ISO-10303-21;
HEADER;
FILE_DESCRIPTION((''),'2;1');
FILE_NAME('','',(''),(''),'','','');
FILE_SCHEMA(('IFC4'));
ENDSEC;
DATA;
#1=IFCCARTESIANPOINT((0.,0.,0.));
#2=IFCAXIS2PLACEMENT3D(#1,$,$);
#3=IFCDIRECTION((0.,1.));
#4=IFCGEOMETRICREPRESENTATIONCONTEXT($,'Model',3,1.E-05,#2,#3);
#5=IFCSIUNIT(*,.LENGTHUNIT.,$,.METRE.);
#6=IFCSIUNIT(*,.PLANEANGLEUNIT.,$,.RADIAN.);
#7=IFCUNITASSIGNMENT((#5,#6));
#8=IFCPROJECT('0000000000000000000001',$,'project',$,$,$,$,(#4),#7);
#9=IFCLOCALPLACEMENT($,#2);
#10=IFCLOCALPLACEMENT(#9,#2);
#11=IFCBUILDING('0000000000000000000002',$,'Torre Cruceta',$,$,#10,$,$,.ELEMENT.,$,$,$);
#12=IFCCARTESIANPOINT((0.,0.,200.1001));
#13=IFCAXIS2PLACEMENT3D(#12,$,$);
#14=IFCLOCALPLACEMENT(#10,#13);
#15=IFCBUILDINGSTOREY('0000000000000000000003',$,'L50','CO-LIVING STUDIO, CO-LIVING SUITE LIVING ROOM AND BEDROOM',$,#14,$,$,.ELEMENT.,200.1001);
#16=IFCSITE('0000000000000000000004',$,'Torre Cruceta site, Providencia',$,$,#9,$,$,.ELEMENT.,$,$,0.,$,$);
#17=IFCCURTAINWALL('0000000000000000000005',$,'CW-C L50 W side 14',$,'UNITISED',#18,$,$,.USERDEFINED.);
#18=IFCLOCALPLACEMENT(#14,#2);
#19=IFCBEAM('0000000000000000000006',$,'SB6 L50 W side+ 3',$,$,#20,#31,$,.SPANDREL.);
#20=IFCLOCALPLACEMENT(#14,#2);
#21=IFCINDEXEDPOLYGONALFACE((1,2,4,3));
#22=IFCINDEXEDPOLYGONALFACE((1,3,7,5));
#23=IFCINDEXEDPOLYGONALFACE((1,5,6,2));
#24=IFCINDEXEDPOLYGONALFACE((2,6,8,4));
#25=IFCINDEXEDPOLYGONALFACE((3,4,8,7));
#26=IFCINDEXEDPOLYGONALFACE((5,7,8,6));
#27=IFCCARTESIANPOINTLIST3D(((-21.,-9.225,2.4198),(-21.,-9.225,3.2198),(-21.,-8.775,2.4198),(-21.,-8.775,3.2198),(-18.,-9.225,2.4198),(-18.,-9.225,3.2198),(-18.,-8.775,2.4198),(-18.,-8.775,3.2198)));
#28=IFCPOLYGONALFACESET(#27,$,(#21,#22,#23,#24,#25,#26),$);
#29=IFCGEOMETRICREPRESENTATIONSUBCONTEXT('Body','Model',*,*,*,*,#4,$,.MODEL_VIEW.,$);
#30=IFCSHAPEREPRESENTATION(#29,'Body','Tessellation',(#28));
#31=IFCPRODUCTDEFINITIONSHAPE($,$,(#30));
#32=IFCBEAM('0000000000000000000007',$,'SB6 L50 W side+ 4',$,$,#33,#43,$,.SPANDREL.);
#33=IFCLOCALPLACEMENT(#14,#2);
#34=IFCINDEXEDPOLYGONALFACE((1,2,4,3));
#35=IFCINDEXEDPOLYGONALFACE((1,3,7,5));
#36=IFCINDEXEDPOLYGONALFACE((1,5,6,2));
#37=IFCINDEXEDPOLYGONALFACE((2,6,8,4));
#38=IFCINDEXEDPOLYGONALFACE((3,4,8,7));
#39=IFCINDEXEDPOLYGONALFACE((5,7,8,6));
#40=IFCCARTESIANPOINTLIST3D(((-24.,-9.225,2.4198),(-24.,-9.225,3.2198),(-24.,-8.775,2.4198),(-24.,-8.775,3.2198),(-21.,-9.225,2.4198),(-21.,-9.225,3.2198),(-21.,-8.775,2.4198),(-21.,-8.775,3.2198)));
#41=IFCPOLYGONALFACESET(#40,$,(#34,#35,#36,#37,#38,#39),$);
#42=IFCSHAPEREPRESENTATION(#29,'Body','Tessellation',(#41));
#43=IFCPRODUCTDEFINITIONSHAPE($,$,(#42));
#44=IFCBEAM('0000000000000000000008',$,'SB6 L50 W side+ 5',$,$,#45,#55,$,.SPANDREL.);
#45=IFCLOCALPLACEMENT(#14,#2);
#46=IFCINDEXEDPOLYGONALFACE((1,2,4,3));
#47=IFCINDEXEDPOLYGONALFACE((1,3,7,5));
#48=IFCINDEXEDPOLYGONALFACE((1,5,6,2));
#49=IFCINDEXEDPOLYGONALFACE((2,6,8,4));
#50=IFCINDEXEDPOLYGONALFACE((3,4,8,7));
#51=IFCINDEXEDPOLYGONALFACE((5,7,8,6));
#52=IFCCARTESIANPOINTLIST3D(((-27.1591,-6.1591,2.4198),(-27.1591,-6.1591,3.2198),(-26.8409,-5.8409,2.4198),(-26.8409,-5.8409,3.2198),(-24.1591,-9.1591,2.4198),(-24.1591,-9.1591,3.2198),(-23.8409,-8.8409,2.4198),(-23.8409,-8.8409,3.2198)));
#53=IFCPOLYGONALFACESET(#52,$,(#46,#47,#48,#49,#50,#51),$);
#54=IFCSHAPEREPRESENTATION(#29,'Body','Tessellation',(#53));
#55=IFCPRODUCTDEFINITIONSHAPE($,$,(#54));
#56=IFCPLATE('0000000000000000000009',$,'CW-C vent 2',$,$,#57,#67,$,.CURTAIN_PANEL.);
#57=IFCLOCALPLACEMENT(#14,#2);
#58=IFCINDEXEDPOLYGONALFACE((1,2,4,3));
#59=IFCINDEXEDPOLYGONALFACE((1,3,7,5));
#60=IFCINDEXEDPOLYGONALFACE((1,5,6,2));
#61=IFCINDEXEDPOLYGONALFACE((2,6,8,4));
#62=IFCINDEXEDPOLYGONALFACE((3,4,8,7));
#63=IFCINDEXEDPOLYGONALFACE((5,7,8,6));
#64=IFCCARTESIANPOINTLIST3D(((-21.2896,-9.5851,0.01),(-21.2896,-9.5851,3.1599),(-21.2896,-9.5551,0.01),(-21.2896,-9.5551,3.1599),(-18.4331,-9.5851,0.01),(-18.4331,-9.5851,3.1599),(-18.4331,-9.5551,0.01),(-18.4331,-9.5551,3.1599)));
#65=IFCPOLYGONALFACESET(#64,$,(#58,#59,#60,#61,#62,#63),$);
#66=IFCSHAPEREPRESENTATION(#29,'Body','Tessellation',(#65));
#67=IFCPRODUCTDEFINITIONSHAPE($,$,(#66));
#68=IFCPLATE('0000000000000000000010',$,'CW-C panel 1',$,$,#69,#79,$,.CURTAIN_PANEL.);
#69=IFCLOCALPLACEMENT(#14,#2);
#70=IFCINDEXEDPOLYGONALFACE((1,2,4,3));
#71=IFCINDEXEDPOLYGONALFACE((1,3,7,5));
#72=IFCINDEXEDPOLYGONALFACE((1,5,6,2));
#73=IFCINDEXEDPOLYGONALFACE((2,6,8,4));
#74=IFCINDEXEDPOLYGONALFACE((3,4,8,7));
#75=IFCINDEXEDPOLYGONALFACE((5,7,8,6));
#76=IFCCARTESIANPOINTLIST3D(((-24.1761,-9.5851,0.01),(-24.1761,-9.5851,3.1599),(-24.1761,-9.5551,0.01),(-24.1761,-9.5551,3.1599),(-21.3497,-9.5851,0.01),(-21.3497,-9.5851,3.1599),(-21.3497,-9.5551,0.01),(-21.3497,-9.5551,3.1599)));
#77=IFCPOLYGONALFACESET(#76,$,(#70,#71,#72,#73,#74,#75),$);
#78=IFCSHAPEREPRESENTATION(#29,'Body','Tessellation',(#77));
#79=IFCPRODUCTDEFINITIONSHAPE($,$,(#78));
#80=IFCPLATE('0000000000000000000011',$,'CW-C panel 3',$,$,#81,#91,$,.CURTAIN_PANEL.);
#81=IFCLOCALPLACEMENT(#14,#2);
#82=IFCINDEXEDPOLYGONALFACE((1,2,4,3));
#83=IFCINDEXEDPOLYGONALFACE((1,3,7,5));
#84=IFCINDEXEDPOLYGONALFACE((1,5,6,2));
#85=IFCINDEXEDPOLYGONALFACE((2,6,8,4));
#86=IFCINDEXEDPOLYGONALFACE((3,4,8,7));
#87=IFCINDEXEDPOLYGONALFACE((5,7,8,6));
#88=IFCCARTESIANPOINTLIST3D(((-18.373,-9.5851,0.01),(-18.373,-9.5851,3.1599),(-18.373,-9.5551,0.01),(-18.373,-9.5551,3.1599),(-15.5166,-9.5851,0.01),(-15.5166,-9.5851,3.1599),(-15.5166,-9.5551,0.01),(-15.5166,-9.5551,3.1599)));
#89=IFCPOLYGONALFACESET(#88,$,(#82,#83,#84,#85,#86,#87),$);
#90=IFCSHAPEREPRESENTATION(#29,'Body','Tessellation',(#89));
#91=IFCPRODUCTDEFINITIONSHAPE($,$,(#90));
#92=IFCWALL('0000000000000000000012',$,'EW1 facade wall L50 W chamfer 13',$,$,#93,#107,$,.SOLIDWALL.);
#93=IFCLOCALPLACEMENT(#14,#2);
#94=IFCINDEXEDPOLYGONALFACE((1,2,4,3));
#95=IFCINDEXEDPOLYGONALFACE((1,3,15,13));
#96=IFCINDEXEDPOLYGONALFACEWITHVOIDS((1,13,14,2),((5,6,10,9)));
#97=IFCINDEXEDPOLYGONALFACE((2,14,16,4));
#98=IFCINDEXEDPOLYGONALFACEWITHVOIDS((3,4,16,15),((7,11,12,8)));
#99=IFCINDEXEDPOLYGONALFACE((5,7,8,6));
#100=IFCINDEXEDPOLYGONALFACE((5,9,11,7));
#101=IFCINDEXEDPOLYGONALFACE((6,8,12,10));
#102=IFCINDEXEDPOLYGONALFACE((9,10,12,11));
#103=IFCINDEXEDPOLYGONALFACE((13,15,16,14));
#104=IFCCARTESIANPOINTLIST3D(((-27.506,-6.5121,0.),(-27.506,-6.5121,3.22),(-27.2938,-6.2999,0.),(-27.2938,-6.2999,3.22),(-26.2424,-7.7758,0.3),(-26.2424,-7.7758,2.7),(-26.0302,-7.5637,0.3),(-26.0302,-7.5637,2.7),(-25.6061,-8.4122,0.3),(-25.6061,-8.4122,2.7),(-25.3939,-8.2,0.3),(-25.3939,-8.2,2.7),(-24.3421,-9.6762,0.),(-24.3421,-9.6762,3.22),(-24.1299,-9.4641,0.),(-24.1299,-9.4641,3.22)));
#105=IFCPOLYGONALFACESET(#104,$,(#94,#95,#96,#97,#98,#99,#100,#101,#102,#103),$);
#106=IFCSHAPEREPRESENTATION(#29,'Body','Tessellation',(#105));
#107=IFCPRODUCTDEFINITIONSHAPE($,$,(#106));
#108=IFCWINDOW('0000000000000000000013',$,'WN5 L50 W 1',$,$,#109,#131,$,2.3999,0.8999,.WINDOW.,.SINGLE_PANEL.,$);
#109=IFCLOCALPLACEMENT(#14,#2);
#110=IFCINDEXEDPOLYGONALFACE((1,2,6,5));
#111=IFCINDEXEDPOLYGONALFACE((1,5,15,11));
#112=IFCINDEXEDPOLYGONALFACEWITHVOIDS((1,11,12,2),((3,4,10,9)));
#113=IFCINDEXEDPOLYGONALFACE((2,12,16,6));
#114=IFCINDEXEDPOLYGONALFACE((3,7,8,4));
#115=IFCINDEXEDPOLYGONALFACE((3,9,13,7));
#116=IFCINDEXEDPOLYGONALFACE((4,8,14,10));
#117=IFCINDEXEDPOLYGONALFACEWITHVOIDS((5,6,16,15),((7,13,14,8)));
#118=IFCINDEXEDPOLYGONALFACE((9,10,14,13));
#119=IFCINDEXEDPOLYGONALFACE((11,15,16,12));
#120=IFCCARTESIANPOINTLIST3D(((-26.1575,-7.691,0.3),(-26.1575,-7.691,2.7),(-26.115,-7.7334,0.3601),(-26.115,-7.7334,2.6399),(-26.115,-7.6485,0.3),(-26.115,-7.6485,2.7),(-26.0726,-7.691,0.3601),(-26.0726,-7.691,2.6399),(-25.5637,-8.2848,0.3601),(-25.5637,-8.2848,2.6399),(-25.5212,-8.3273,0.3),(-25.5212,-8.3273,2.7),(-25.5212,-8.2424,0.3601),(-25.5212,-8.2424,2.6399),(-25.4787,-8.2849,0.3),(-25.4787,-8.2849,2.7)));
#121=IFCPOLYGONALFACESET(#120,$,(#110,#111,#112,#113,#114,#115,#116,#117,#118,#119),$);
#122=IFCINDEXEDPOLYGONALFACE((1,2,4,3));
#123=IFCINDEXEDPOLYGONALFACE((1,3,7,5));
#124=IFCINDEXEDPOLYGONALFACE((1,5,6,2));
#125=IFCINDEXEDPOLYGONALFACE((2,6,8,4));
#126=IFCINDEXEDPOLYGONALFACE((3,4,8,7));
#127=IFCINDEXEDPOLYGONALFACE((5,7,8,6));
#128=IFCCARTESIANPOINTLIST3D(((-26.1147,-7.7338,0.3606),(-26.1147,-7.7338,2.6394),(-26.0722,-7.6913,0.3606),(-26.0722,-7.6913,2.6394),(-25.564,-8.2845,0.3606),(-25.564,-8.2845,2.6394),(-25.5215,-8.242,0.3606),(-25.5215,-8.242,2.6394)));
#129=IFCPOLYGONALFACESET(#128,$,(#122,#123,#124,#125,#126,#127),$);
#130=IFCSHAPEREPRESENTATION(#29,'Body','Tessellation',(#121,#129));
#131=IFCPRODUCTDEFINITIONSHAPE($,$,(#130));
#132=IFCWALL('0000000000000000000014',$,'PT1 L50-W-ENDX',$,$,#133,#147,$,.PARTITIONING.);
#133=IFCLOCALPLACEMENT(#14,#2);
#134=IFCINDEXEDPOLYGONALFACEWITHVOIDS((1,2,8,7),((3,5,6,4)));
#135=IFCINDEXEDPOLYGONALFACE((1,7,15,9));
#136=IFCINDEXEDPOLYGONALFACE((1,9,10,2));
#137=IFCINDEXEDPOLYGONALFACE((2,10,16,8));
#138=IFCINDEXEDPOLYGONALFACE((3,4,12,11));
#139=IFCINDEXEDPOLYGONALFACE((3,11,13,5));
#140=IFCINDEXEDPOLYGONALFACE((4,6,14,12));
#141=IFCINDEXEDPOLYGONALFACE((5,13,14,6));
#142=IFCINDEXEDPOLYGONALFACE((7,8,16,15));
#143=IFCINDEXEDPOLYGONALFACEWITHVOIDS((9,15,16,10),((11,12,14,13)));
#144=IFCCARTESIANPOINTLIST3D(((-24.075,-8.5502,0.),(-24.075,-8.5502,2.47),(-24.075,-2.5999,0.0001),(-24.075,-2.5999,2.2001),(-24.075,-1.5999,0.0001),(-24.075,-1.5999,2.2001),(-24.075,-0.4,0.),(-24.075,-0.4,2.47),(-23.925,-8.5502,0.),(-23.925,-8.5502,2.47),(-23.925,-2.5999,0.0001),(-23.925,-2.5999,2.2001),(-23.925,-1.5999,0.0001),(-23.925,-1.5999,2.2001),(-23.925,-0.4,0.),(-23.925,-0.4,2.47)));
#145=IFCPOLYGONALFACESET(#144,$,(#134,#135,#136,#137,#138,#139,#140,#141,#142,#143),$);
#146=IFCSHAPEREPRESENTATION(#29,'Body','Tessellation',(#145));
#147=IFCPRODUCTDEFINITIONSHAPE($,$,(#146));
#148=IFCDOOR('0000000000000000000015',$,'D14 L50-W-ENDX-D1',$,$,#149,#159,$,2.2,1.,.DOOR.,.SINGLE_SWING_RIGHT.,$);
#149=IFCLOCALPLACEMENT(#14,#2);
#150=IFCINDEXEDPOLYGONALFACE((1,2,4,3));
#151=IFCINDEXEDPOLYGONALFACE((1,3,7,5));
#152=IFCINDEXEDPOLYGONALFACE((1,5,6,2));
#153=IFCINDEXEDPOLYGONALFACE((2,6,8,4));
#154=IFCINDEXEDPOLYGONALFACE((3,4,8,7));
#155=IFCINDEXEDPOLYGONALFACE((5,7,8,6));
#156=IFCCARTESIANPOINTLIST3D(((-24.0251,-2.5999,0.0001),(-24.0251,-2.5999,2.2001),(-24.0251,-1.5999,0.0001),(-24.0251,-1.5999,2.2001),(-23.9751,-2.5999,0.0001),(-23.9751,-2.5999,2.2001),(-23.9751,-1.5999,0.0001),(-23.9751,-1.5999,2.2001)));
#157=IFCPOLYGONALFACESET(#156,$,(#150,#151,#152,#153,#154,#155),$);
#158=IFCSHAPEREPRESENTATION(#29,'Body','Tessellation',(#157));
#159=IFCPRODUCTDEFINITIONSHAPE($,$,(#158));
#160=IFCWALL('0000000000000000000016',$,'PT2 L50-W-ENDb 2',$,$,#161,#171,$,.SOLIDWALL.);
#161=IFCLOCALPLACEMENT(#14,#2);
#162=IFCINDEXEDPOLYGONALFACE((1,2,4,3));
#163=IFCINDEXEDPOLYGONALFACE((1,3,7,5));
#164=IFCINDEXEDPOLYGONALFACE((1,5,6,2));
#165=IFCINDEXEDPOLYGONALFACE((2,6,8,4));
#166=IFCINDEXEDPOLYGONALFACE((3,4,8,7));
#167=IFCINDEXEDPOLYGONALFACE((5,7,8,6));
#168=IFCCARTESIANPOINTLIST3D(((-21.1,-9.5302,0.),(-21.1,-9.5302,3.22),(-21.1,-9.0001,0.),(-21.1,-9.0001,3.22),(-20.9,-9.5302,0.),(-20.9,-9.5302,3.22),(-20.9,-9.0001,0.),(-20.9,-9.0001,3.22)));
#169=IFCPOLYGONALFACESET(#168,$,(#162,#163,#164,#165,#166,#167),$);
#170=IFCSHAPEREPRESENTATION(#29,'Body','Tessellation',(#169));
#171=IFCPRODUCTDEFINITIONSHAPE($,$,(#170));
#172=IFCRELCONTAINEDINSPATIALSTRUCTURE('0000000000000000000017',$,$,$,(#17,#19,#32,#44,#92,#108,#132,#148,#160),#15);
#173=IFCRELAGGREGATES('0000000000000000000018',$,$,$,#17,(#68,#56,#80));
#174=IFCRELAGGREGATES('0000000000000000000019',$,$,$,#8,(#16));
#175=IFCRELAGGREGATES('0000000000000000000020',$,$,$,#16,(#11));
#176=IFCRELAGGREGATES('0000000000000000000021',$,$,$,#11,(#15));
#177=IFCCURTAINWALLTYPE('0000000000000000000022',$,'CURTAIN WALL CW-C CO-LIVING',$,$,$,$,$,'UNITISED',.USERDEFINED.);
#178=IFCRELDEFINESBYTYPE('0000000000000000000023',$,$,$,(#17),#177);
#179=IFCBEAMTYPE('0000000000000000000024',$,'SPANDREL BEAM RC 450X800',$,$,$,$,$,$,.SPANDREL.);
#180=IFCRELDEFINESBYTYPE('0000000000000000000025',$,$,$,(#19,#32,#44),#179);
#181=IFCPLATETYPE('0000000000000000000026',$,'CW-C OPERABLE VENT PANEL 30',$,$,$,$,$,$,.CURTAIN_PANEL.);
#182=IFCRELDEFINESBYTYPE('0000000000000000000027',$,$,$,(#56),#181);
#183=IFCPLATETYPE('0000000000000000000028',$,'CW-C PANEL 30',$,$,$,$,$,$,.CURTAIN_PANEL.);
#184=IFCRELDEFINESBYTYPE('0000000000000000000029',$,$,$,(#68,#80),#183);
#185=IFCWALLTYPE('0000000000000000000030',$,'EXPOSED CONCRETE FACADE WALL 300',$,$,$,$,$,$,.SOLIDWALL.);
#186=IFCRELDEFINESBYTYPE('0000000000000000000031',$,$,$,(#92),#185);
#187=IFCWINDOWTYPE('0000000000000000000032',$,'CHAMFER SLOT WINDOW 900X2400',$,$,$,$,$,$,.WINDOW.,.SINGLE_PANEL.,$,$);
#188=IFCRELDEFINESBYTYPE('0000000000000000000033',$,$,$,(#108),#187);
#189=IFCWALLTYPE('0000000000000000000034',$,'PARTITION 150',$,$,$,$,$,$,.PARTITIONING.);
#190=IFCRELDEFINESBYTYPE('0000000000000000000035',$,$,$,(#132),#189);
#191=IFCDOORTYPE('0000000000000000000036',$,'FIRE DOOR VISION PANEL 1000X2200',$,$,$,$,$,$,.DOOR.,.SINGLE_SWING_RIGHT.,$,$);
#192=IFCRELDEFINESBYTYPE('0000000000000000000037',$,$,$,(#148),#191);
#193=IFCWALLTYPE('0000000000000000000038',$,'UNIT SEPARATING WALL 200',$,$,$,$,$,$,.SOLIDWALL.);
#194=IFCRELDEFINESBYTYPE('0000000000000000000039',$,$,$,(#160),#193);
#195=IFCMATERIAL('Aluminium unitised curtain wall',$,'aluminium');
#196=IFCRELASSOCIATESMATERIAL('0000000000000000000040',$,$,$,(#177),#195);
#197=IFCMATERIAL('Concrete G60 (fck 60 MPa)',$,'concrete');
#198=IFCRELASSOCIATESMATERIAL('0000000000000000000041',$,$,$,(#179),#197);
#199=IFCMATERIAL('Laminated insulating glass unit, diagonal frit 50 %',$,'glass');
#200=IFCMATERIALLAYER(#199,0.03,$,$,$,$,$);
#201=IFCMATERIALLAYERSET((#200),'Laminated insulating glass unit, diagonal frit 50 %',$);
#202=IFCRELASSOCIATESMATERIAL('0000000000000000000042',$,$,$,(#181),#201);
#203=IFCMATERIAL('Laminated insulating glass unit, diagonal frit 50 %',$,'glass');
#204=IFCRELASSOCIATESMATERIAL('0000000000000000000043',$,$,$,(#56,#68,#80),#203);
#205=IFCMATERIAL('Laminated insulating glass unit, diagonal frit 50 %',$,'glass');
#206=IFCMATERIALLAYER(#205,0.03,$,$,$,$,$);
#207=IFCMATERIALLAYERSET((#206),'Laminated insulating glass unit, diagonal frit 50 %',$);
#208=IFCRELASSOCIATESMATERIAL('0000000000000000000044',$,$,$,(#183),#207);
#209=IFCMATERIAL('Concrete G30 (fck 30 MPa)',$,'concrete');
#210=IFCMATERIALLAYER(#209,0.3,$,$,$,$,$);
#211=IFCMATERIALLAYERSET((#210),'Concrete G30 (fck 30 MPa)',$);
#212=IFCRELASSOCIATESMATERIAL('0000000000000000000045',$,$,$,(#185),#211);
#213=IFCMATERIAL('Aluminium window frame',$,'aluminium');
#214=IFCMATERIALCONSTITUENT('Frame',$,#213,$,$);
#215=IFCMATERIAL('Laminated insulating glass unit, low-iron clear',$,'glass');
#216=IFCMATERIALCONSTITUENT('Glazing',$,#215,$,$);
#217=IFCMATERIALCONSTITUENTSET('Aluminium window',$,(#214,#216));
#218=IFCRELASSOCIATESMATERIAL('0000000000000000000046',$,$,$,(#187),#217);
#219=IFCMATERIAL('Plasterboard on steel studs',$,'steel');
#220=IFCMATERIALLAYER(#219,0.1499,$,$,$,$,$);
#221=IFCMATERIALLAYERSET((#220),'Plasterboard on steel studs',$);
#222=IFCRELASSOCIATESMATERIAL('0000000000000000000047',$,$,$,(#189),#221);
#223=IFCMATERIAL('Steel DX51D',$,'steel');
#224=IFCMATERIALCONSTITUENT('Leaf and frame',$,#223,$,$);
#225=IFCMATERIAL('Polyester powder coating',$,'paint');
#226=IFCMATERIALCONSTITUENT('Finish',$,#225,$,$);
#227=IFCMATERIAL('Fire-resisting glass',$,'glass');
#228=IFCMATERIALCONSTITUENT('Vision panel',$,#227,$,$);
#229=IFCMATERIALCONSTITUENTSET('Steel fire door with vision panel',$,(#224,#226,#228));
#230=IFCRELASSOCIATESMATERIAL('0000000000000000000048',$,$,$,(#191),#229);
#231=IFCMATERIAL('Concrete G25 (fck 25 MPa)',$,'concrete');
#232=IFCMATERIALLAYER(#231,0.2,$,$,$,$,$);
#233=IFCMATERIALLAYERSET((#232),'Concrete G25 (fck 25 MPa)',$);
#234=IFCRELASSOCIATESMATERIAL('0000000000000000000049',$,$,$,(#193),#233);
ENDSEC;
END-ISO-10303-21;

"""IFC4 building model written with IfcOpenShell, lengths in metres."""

from ifc_helpers import new_model, si_unit, direction, frame, frame_2d, origin, origin_2d, place, context, subcontext, project, spatial, rectangle, hollow_rectangle, extrude, material, layer, layer_set, constituent, constituent_set, material_profile, profile_set, type_object, element, fill, aggregate, save


model = new_model("IFC4")

# Units and contexts
model_context = context("Model", 3, precision=1e-05, world=origin(), true_north=direction((0.0, 1.0)))
body_context = subcontext(model_context, "Body", "Model", "MODEL_VIEW")
ifc_project = project(units=[si_unit("LENGTHUNIT", "METRE"), si_unit("PLANEANGLEUNIT", "RADIAN")], contexts=[model_context])

# Site, building, storey
site_placement = place(None, origin())
site = spatial("IfcSite", under=ifc_project, at=site_placement, Name="Torre Cruceta site, Providencia", CompositionType="ELEMENT", RefElevation=0.0)
building_placement = place(site_placement, origin())
building = spatial("IfcBuilding", under=site, at=building_placement, Name="Torre Cruceta", CompositionType="ELEMENT")
storey_placement = place(building_placement, frame((0.0, 0.0, 200.1001)))
storey = spatial("IfcBuildingStorey", under=building, at=storey_placement, Name="L50", Description="CO-LIVING STUDIO, CO-LIVING SUITE LIVING ROOM AND BEDROOM", CompositionType="ELEMENT", Elevation=200.1001)

# Curtain wall
ifc_material_1 = material(Name="Aluminium unitised curtain wall", Category="aluminium")
curtain_wall_type = type_object("IfcCurtainWallType", Name="CURTAIN WALL CW-C CO-LIVING", ElementType="UNITISED", PredefinedType="USERDEFINED", material=ifc_material_1)
curtain_wall_placement = place(storey_placement, origin())
curtain_wall = element("IfcCurtainWall", 1, at=curtain_wall_placement, inside=storey, type_object=curtain_wall_type, Name="CW-C L50 W side 14", ObjectType="UNITISED", PredefinedType="USERDEFINED")

# Beams
ifc_material_2 = material(Name="Concrete G60 (fck 60 MPa)", Category="concrete")
ifc_material_profile_1 = material_profile(ifc_material_2, rectangle(XDim=0.45, YDim=0.8, at=origin_2d()), Name="RC 450X800")
ifc_profile_set_1 = profile_set([ifc_material_profile_1], Name="Concrete G60 (fck 60 MPa)")
beam_type_1 = type_object("IfcBeamType", Name="SPANDREL BEAM RC 450X800", PredefinedType="SPANDREL", material=ifc_profile_set_1)
for number, where, z_axis, x_axis, name in (
    (2, (-18.0, -9.0, 2.8198), (-1.0, 0.0, 0.0), (0.0, -1.0, 0.0), "SB6 L50 W side+ 3"),
    (3, (-21.0, -9.0, 2.8198), (-1.0, 0.0, 0.0), (0.0, -1.0, 0.0), "SB6 L50 W side+ 4"),
):
    element("IfcBeam", number, at=place(storey_placement, frame(where, z_axis=z_axis, x_axis=x_axis)), inside=storey, type_object=beam_type_1, Name=name, PredefinedType="SPANDREL", context=body_context, shape_type="SweptSolid", body=[
        extrude(rectangle(XDim=0.45, YDim=0.8, at=origin_2d()), origin(), (0.0, 0.0, 1.0), 3.0),
    ])
beam_1_placement = place(storey_placement, frame((-24.0, -9.0, 2.8198), z_axis=(-0.707107, 0.707107, 0.0), x_axis=(-0.707107, -0.707107, 0.0)))
element("IfcBeam", 4, at=beam_1_placement, inside=storey, type_object=beam_type_1, Name="SB6 L50 W side+ 5", PredefinedType="SPANDREL", context=body_context, shape_type="SweptSolid", body=[
    extrude(rectangle(XDim=0.45, YDim=0.8, at=origin_2d()), origin(), (0.0, 0.0, 1.0), 4.2427),
])

# Plates
ifc_material_3 = material(Name="Laminated insulating glass unit, diagonal frit 50 %", Category="glass")
ifc_material_4 = material(Name="Laminated insulating glass unit, diagonal frit 50 %", Category="glass")
ifc_layer_1 = layer(ifc_material_4, 0.03)
ifc_layer_set_1 = layer_set([ifc_layer_1], Name="Laminated insulating glass unit, diagonal frit 50 %")
plate_type_1 = type_object("IfcPlateType", Name="CW-C OPERABLE VENT PANEL 30", PredefinedType="CURTAIN_PANEL", material=ifc_layer_set_1)
plate_1_placement = place(storey_placement, frame((-19.8613, -9.5701, 0.01), z_axis=(0.0, 0.0, 1.0), x_axis=(1.0, 0.0, 0.0)))
plate_1 = element("IfcPlate", 5, at=plate_1_placement, type_object=plate_type_1, material=ifc_material_3, Name="CW-C vent 2", PredefinedType="CURTAIN_PANEL", context=body_context, shape_type="SweptSolid", body=[
    extrude(rectangle(XDim=2.8564, YDim=0.03, at=origin_2d()), origin(), (0.0, 0.0, 1.0), 3.1499),
])
ifc_material_5 = material(Name="Laminated insulating glass unit, diagonal frit 50 %", Category="glass")
ifc_layer_2 = layer(ifc_material_5, 0.03)
ifc_layer_set_2 = layer_set([ifc_layer_2], Name="Laminated insulating glass unit, diagonal frit 50 %")
plate_type_2 = type_object("IfcPlateType", Name="CW-C PANEL 30", PredefinedType="CURTAIN_PANEL", material=ifc_layer_set_2)
plate_2_placement = place(storey_placement, frame((-22.7629, -9.5701, 0.01), z_axis=(0.0, 0.0, 1.0), x_axis=(1.0, 0.0, 0.0)))
plate_2 = element("IfcPlate", 6, at=plate_2_placement, type_object=plate_type_2, material=ifc_material_3, Name="CW-C panel 1", PredefinedType="CURTAIN_PANEL", context=body_context, shape_type="SweptSolid", body=[
    extrude(rectangle(XDim=2.8264, YDim=0.03, at=origin_2d()), origin(), (0.0, 0.0, 1.0), 3.1499),
])
plate_3_placement = place(storey_placement, frame((-16.9448, -9.5701, 0.01), z_axis=(0.0, 0.0, 1.0), x_axis=(1.0, 0.0, 0.0)))
plate_3 = element("IfcPlate", 7, at=plate_3_placement, type_object=plate_type_2, material=ifc_material_3, Name="CW-C panel 3", PredefinedType="CURTAIN_PANEL", context=body_context, shape_type="SweptSolid", body=[
    extrude(rectangle(XDim=2.8564, YDim=0.03, at=origin_2d()), origin(), (0.0, 0.0, 1.0), 3.1499),
])
aggregate(curtain_wall, [plate_2, plate_1, plate_3])

# Wall, opening, window
ifc_material_6 = material(Name="Concrete G30 (fck 30 MPa)", Category="concrete")
ifc_layer_3 = layer(ifc_material_6, 0.3)
ifc_layer_set_3 = layer_set([ifc_layer_3], Name="Concrete G30 (fck 30 MPa)")
wall_type_1 = type_object("IfcWallType", Name="EXPOSED CONCRETE FACADE WALL 300", PredefinedType="SOLIDWALL", material=ifc_layer_set_3)
wall_1_placement = place(storey_placement, frame((-27.3999, -6.406, 0.0), z_axis=(0.0, 0.0, 1.0), x_axis=(0.707079, -0.707134, 0.0)))
wall_1 = element("IfcWall", 8, at=wall_1_placement, inside=storey, type_object=wall_type_1, Name="EW1 facade wall L50 W chamfer 13", PredefinedType="SOLIDWALL", context=body_context, shape_type="SweptSolid", body=[
    extrude(rectangle(XDim=4.4746, YDim=0.3, at=frame_2d((2.2373, 0.0))), origin(), (0.0, 0.0, 1.0), 3.22),
])
opening_1_placement = place(wall_1_placement, frame((1.7871, 0.0, 0.3)))
opening_1 = element("IfcOpeningElement", 9, at=opening_1_placement, cuts=wall_1, PredefinedType="OPENING", context=body_context, shape_type="SweptSolid", body=[
    extrude(rectangle(XDim=0.8999, YDim=2.3999, at=frame_2d((0.45, 1.2))), frame((0.0, 0.1599, 0.0), z_axis=(0.0, -1.0, 0.0), x_axis=(1.0, 0.0, 0.0)), (0.0, 0.0, 1.0), 0.3201),
])
ifc_material_7 = material(Name="Aluminium window frame", Category="aluminium")
ifc_constituent_1 = constituent(ifc_material_7, Name="Frame")
ifc_material_8 = material(Name="Laminated insulating glass unit, low-iron clear", Category="glass")
ifc_constituent_2 = constituent(ifc_material_8, Name="Glazing")
ifc_constituent_set_1 = constituent_set(constituents=[ifc_constituent_1, ifc_constituent_2], Name="Aluminium window")
window_type = type_object("IfcWindowType", Name="CHAMFER SLOT WINDOW 900X2400", PartitioningType="SINGLE_PANEL", PredefinedType="WINDOW", material=ifc_constituent_set_1)
window_placement = place(opening_1_placement, origin())
window = element("IfcWindow", 10, at=window_placement, inside=storey, type_object=window_type, Name="WN5 L50 W 1", OverallHeight=2.3999, OverallWidth=0.8999, PartitioningType="SINGLE_PANEL", PredefinedType="WINDOW", context=body_context, shape_type="SweptSolid", body=[
    extrude(hollow_rectangle(XDim=0.8999, YDim=2.3999, WallThickness=0.0601, at=frame_2d((0.45, 1.2))), frame((0.0, 0.03, 0.0), z_axis=(0.0, -1.0, 0.0), x_axis=(1.0, 0.0, 0.0)), (0.0, 0.0, 1.0), 0.0601),
    extrude(rectangle(XDim=0.7788, YDim=2.2788, at=frame_2d((0.45, 1.2))), frame((0.0, 0.03, 0.0), z_axis=(0.0, -1.0, 0.0), x_axis=(1.0, 0.0, 0.0)), (0.0, 0.0, 1.0), 0.0601),
])
fill(opening_1, window)

# Wall, opening, door
ifc_material_9 = material(Name="Plasterboard on steel studs", Category="steel")
ifc_layer_4 = layer(ifc_material_9, 0.1499)
ifc_layer_set_4 = layer_set([ifc_layer_4], Name="Plasterboard on steel studs")
wall_type_2 = type_object("IfcWallType", Name="PARTITION 150", PredefinedType="PARTITIONING", material=ifc_layer_set_4)
wall_2_placement = place(storey_placement, frame((-24.0, -0.3999, 0.0), z_axis=(0.0, 0.0, 1.0), x_axis=(0.0, -1.0, 0.0)))
wall_2 = element("IfcWall", 11, at=wall_2_placement, inside=storey, type_object=wall_type_2, Name="PT1 L50-W-ENDX", PredefinedType="PARTITIONING", context=body_context, shape_type="SweptSolid", body=[
    extrude(rectangle(XDim=8.1501, YDim=0.1499, at=frame_2d((4.0752, 0.0))), origin(), (0.0, 0.0, 1.0), 2.47),
])
opening_2_placement = place(wall_2_placement, frame((1.2, 0.0, 0.0)))
opening_2 = element("IfcOpeningElement", 12, at=opening_2_placement, cuts=wall_2, PredefinedType="OPENING", context=body_context, shape_type="SweptSolid", body=[
    extrude(rectangle(XDim=1.0, YDim=2.2, at=frame_2d((0.5, 1.1001))), frame((0.0, 0.085, 0.0), z_axis=(0.0, -1.0, 0.0), x_axis=(1.0, 0.0, 0.0)), (0.0, 0.0, 1.0), 0.1699),
])
ifc_material_10 = material(Name="Steel DX51D", Category="steel")
ifc_constituent_3 = constituent(ifc_material_10, Name="Leaf and frame")
ifc_material_11 = material(Name="Polyester powder coating", Category="paint")
ifc_constituent_4 = constituent(ifc_material_11, Name="Finish")
ifc_material_12 = material(Name="Fire-resisting glass", Category="glass")
ifc_constituent_5 = constituent(ifc_material_12, Name="Vision panel")
ifc_constituent_set_2 = constituent_set(constituents=[ifc_constituent_3, ifc_constituent_4, ifc_constituent_5], Name="Steel fire door with vision panel")
door_type = type_object("IfcDoorType", Name="FIRE DOOR VISION PANEL 1000X2200", OperationType="SINGLE_SWING_RIGHT", PredefinedType="DOOR", material=ifc_constituent_set_2)
door_placement = place(opening_2_placement, frame((1.0, 0.0, 0.0), z_axis=(0.0, 0.0, 1.0), x_axis=(-1.0, 0.0, 0.0)))
door = element("IfcDoor", 13, at=door_placement, inside=storey, type_object=door_type, Name="D14 L50-W-ENDX-D1", OperationType="SINGLE_SWING_RIGHT", OverallHeight=2.2, OverallWidth=1.0, PredefinedType="DOOR", context=body_context, shape_type="SweptSolid", body=[
    extrude(rectangle(XDim=1.0, YDim=2.2, at=frame_2d((0.5, 1.1001))), frame((0.0, 0.0251, 0.0), z_axis=(0.0, -1.0, 0.0), x_axis=(1.0, 0.0, 0.0)), (0.0, 0.0, 1.0), 0.05),
])
fill(opening_2, door)

# Wall
ifc_material_13 = material(Name="Concrete G25 (fck 25 MPa)", Category="concrete")
ifc_layer_5 = layer(ifc_material_13, 0.2)
ifc_layer_set_5 = layer_set([ifc_layer_5], Name="Concrete G25 (fck 25 MPa)")
wall_type_3 = type_object("IfcWallType", Name="UNIT SEPARATING WALL 200", PredefinedType="SOLIDWALL", material=ifc_layer_set_5)
wall_3_placement = place(storey_placement, frame((-21.0, -9.0, 0.0), z_axis=(0.0, 0.0, 1.0), x_axis=(0.0, -1.0, 0.0)))
element("IfcWall", 14, at=wall_3_placement, inside=storey, type_object=wall_type_3, Name="PT2 L50-W-ENDb 2", PredefinedType="SOLIDWALL", context=body_context, shape_type="SweptSolid", body=[
    extrude(rectangle(XDim=0.53, YDim=0.2, at=frame_2d((0.2651, 0.0))), origin(), (0.0, 0.0, 1.0), 3.22),
])

save(model, "model.ifc")
